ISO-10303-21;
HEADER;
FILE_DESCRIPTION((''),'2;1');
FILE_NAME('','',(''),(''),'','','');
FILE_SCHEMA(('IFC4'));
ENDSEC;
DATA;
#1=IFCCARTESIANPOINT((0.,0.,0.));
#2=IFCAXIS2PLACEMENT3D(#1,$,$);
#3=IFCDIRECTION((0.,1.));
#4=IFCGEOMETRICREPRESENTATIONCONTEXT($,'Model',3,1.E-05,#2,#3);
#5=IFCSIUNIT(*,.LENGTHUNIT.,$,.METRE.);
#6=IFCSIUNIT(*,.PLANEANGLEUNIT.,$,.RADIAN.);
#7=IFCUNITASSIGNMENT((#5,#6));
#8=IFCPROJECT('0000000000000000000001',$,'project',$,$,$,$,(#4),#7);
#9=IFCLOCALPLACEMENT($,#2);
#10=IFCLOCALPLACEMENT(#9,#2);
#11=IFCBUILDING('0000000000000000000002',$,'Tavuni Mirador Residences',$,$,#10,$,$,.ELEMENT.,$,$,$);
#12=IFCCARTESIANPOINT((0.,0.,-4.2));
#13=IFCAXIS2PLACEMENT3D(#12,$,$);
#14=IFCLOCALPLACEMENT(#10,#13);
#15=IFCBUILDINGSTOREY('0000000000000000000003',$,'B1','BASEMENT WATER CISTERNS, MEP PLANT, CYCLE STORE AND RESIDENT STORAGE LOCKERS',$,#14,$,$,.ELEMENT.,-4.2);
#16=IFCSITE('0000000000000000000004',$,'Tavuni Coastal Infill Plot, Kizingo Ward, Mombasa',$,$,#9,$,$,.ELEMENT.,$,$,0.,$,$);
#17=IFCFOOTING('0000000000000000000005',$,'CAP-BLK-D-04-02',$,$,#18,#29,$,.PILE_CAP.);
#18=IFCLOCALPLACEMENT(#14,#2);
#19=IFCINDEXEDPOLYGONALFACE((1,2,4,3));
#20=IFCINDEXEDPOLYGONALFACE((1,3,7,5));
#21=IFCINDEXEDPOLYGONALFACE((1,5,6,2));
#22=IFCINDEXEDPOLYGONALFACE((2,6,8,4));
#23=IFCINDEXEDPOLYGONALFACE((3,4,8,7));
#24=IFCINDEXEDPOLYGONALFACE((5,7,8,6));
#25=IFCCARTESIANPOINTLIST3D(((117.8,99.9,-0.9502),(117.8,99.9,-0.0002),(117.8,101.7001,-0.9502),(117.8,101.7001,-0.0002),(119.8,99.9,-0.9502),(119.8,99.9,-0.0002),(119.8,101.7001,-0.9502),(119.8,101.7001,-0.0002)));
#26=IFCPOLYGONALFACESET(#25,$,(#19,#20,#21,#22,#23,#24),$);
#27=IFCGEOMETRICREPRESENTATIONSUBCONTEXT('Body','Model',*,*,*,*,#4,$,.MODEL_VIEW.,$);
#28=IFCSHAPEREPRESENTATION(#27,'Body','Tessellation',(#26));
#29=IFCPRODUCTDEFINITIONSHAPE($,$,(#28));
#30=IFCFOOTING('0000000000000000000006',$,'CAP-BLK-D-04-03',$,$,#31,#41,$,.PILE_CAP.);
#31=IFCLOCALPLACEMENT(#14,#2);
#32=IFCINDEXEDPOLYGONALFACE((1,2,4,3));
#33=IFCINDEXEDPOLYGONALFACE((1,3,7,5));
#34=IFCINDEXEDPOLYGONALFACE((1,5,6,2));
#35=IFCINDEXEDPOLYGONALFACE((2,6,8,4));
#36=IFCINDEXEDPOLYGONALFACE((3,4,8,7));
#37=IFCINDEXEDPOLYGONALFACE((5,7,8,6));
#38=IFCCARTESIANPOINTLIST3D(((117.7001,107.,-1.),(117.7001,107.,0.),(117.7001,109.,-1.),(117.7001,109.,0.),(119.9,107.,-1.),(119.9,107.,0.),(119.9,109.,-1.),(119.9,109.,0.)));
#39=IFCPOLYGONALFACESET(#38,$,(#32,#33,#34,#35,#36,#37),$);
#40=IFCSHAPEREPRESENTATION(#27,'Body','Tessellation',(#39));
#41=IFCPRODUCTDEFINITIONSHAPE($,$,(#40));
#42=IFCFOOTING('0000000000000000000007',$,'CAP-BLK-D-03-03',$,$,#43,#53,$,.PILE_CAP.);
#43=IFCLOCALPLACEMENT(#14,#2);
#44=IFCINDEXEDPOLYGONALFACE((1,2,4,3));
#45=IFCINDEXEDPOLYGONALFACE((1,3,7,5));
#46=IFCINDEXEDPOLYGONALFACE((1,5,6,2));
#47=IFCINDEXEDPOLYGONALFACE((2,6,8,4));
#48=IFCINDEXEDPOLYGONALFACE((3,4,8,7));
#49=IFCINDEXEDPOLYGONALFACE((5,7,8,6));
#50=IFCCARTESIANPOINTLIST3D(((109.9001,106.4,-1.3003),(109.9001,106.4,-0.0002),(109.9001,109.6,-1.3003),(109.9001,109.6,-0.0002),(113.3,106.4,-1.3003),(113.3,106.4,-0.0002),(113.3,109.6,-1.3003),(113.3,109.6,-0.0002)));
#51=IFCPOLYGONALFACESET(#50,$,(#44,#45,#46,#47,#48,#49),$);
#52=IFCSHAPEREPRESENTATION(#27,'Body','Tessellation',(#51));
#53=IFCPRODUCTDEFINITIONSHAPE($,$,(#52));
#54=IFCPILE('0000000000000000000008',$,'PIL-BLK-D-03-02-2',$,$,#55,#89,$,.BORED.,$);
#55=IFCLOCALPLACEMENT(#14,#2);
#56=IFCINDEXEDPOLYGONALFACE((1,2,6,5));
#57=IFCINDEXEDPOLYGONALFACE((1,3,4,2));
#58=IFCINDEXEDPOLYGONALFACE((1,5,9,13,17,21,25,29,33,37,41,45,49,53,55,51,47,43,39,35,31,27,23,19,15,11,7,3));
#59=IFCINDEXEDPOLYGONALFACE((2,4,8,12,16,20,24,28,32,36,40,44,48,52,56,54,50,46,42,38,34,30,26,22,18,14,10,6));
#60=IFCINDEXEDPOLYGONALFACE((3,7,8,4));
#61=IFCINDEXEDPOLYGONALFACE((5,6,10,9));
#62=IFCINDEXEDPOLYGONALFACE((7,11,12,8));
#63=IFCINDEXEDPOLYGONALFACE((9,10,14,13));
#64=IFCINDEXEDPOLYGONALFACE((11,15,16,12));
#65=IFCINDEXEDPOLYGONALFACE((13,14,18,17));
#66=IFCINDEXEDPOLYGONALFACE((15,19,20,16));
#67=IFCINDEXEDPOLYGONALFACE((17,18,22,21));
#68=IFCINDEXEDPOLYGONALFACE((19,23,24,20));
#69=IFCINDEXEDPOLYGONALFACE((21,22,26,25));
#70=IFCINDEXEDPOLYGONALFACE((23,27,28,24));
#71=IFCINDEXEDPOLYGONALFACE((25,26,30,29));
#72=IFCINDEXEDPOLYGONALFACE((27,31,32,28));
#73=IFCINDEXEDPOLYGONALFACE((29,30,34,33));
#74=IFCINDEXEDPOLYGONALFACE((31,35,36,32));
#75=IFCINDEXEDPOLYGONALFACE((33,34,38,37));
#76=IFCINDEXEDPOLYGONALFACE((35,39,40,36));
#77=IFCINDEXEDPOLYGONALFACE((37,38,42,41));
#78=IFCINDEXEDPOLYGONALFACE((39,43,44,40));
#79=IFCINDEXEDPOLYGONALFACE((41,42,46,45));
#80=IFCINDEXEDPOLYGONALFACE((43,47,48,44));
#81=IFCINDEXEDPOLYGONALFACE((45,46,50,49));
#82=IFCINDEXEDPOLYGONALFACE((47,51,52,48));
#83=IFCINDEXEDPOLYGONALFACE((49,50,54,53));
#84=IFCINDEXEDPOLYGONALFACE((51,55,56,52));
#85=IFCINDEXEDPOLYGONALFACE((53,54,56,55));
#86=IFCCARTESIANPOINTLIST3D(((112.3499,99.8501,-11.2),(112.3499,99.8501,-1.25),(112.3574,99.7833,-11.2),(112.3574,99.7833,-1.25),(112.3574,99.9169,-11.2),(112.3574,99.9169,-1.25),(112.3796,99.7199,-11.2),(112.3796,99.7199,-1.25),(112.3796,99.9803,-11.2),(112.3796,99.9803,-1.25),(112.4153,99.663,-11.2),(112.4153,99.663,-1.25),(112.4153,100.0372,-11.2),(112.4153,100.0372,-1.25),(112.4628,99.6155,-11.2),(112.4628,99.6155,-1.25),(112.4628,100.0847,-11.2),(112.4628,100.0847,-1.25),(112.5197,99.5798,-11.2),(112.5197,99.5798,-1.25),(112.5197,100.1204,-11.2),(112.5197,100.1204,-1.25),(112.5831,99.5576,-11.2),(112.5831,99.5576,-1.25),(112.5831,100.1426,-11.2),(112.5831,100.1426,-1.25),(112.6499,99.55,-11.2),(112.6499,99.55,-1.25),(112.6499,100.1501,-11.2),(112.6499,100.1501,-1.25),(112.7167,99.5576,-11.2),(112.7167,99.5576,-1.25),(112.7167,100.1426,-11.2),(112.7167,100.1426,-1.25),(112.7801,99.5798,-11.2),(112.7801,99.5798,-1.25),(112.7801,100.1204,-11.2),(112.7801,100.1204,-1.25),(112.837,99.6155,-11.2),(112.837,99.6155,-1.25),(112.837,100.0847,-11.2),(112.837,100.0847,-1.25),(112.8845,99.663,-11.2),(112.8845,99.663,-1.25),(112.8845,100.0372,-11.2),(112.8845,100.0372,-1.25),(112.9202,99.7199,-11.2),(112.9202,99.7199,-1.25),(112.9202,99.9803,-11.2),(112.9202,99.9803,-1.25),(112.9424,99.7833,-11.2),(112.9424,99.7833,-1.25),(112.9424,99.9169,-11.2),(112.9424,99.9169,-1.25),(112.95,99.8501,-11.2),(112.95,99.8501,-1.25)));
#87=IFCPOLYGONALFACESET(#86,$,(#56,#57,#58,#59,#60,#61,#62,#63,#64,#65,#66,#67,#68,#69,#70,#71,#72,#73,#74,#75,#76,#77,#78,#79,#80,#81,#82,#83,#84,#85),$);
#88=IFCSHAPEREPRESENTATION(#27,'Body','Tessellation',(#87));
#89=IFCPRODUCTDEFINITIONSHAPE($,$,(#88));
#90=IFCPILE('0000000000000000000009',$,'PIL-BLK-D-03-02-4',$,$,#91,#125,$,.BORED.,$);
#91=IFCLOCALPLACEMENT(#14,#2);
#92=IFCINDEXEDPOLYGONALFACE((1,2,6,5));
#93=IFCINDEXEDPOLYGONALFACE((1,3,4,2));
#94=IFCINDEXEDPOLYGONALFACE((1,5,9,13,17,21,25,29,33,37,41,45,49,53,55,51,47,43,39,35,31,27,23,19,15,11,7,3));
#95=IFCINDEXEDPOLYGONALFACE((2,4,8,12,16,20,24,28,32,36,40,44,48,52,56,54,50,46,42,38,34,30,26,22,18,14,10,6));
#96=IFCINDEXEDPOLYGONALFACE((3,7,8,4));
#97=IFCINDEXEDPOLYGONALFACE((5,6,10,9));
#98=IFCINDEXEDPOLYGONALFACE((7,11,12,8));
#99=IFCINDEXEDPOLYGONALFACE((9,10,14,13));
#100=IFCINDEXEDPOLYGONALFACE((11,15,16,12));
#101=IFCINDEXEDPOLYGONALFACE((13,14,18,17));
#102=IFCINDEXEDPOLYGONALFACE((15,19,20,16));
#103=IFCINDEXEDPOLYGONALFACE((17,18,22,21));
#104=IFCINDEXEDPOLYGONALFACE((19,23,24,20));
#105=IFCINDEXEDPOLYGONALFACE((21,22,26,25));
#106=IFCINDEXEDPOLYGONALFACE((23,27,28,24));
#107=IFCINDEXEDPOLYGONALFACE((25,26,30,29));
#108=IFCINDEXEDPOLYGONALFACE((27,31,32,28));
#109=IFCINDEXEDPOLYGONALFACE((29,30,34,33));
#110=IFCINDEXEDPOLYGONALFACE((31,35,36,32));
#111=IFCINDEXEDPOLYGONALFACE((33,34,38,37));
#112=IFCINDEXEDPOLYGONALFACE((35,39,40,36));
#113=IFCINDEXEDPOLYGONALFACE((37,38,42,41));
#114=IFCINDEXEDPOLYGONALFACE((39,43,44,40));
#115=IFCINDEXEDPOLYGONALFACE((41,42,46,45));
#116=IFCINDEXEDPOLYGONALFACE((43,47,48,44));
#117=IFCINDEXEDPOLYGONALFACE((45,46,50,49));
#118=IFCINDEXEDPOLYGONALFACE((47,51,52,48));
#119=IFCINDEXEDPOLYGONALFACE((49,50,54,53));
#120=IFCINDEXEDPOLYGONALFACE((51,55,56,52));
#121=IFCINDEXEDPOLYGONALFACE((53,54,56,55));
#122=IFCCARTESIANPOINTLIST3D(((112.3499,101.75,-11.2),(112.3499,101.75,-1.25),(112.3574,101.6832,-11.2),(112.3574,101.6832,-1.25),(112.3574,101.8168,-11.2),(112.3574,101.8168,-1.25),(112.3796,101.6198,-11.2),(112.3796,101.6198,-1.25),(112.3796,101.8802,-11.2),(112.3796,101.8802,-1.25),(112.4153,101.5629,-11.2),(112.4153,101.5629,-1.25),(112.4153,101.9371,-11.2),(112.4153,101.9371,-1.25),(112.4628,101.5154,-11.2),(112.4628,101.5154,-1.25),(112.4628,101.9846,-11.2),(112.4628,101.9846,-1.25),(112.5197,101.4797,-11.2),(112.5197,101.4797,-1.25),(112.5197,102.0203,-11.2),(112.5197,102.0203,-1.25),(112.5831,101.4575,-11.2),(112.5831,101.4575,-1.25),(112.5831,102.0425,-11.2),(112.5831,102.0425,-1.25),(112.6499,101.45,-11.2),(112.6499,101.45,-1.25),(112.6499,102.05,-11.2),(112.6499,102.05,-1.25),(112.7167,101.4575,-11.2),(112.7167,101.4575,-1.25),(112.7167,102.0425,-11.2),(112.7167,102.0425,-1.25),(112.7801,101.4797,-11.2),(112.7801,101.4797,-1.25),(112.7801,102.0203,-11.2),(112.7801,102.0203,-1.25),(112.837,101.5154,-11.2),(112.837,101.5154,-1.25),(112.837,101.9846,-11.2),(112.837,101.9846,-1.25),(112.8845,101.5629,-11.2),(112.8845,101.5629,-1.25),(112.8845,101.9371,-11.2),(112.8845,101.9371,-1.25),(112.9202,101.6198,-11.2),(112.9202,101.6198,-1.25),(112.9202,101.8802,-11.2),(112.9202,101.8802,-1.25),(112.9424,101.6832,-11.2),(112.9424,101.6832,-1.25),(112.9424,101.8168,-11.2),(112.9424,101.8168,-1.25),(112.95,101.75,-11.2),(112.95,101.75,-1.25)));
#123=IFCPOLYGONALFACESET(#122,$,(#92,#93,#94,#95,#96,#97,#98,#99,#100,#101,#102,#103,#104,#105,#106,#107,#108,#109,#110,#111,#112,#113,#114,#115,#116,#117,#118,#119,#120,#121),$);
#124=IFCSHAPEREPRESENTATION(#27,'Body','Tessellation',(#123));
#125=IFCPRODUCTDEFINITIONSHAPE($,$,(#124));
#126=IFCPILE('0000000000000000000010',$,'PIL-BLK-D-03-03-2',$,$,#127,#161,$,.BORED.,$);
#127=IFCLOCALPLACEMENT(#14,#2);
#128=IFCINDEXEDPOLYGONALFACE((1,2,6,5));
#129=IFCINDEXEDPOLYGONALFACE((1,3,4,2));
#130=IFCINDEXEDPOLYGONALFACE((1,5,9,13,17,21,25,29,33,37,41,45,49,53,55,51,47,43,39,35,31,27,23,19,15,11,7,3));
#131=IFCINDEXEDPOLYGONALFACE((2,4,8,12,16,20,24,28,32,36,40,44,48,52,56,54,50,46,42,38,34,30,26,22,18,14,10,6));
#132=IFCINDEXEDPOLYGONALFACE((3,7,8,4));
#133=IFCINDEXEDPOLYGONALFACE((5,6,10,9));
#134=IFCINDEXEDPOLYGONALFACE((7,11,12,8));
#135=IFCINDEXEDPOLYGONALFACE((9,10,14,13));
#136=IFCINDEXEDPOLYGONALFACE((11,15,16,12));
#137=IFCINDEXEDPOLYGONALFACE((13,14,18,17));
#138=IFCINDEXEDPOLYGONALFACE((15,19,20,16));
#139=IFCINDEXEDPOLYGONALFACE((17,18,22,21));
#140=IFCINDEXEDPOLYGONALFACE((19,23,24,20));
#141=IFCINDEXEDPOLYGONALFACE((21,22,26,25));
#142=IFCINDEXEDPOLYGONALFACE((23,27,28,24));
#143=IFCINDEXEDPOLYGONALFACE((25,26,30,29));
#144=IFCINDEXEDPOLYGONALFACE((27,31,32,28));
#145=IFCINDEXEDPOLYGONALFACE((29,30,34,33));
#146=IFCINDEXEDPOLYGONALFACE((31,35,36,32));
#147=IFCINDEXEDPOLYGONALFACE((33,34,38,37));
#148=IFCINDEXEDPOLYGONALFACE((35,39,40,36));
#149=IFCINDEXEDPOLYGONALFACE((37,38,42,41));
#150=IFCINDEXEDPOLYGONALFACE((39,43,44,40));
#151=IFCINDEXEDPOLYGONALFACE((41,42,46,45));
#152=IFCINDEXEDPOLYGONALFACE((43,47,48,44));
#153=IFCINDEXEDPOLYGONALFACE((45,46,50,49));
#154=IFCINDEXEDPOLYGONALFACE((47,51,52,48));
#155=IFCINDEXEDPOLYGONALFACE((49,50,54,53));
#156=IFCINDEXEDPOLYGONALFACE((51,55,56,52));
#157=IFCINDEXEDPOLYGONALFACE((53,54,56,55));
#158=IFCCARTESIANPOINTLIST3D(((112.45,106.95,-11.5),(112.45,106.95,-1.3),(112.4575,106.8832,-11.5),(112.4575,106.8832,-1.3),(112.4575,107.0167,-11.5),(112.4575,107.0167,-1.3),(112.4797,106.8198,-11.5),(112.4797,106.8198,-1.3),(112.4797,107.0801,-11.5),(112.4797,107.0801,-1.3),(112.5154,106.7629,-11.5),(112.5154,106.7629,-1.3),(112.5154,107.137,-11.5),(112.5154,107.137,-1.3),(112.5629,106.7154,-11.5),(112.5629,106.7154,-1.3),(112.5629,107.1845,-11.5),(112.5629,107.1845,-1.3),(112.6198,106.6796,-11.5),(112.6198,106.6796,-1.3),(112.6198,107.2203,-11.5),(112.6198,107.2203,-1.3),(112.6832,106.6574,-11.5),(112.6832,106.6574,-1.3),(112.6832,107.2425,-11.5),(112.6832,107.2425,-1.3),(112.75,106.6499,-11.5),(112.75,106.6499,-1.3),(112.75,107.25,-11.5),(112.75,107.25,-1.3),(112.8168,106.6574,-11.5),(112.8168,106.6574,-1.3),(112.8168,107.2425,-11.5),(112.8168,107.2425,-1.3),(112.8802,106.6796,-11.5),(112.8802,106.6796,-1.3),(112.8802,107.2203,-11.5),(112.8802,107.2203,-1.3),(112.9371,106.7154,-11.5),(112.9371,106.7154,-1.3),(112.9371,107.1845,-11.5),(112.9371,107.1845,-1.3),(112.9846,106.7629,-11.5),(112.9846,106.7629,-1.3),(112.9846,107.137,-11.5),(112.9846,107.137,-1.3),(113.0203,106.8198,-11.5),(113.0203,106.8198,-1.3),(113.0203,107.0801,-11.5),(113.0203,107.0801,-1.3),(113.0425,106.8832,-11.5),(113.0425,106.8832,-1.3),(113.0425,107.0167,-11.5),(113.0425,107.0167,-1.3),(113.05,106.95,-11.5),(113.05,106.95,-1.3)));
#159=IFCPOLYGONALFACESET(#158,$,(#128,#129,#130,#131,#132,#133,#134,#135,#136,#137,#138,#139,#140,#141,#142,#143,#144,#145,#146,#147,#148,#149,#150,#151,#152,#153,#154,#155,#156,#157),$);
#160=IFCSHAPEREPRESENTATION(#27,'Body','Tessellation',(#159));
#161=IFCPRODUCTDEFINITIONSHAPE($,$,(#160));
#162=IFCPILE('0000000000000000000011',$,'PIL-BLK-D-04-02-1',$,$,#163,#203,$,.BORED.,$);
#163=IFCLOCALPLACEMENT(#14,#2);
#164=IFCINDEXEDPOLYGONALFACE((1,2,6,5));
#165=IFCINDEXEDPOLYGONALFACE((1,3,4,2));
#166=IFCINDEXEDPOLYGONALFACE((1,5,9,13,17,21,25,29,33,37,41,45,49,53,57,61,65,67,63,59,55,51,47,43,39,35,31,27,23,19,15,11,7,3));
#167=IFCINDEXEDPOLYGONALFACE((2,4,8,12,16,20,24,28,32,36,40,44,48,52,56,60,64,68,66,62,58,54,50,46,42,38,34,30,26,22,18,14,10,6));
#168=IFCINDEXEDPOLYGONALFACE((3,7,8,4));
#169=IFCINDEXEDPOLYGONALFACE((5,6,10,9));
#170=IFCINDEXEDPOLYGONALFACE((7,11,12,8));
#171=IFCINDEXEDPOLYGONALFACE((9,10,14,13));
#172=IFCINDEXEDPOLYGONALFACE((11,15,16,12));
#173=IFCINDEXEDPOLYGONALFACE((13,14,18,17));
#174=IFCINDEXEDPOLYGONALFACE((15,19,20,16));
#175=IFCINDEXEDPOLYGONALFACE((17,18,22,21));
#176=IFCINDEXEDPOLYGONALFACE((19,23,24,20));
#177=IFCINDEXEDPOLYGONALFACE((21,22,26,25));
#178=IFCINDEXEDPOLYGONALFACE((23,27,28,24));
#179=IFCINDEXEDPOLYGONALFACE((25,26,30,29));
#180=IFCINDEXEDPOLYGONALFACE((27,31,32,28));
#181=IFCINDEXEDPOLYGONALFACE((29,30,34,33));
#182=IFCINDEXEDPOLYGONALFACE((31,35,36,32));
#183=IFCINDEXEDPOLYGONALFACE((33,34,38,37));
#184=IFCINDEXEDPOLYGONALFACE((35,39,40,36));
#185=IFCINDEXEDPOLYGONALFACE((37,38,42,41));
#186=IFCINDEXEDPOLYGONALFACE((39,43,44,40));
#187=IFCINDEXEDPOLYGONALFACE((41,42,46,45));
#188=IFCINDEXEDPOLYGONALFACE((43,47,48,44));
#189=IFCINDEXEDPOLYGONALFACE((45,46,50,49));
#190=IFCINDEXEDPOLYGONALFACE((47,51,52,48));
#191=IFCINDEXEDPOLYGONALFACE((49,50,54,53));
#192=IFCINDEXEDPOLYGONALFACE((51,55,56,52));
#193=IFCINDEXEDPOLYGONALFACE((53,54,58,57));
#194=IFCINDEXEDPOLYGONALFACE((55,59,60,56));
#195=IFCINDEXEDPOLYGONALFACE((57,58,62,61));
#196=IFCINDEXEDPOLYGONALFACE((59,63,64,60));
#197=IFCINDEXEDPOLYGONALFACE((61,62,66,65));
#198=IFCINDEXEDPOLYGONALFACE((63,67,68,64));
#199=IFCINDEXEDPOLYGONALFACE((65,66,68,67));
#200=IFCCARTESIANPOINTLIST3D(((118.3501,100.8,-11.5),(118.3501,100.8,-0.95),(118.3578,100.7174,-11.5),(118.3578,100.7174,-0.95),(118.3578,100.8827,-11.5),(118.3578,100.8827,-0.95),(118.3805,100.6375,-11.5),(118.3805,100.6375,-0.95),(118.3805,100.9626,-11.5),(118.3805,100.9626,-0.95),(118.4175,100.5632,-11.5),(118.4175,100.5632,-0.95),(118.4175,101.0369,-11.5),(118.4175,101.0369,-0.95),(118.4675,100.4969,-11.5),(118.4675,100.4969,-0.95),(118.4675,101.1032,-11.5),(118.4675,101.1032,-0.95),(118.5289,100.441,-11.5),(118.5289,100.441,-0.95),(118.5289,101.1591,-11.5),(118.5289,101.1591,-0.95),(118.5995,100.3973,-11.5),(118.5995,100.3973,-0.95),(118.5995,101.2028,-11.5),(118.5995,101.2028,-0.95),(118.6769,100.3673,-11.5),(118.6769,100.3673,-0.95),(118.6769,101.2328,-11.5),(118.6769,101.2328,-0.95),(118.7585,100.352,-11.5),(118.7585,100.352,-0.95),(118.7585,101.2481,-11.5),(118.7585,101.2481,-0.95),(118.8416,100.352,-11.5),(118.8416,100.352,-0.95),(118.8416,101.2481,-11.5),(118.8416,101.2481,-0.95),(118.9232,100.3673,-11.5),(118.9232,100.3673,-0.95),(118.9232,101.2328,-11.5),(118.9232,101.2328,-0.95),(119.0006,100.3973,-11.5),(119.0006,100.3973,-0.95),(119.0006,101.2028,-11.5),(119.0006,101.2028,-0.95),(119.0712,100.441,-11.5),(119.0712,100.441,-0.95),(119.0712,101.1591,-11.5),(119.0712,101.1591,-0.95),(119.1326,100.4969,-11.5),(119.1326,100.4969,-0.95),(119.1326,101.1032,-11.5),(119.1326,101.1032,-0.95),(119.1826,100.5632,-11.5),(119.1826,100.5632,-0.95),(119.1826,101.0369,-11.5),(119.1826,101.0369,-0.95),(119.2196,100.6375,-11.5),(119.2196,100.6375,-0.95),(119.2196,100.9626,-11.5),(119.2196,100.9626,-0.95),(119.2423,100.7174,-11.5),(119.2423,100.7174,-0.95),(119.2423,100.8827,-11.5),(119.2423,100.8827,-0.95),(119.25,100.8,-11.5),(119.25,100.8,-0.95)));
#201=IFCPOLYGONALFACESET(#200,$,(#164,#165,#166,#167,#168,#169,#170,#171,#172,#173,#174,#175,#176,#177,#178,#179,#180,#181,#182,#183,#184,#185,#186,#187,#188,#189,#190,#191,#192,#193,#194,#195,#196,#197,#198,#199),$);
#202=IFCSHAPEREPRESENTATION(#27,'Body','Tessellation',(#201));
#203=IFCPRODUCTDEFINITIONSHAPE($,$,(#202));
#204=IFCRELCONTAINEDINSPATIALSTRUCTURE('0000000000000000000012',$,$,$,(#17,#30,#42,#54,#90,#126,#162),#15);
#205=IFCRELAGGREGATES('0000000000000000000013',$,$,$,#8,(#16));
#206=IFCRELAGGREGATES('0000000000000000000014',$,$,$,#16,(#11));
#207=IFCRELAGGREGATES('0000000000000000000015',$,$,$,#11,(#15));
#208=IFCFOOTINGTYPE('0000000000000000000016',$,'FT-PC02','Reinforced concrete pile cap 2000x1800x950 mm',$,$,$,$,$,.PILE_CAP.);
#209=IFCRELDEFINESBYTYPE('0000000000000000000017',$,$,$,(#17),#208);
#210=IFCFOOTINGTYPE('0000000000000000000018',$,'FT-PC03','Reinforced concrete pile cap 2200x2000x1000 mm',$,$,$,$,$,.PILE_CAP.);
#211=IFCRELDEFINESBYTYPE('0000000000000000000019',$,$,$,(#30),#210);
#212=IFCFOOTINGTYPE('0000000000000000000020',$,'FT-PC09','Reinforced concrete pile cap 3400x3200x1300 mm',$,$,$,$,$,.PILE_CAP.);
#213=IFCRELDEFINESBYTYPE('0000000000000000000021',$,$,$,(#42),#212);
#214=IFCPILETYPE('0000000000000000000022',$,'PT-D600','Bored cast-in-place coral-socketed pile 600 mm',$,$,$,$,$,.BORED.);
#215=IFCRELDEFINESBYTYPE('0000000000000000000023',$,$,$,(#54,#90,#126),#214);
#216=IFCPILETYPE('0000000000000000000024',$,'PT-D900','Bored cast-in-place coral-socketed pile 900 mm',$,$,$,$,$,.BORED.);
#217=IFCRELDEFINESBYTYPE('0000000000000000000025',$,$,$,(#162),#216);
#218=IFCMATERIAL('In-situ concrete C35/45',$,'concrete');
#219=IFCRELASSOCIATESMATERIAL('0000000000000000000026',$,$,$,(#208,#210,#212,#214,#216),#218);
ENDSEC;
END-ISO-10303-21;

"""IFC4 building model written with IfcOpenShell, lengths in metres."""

from ifc_helpers import new_model, si_unit, direction, frame, origin, origin_2d, place, context, subcontext, project, spatial, rectangle, circle, extrude, material, material_profile, profile_set, type_object, element, save


model = new_model("IFC4")

# Units and contexts
model_context = context("Model", 3, precision=1e-05, world=origin(), true_north=direction((0.0, 1.0)))
body_context = subcontext(model_context, "Body", "Model", "MODEL_VIEW")
ifc_project = project(units=[si_unit("LENGTHUNIT", "METRE"), si_unit("PLANEANGLEUNIT", "RADIAN")], contexts=[model_context])

# Site, building, storey
site_placement = place(None, origin())
site = spatial("IfcSite", under=ifc_project, at=site_placement, Name="Tavuni Coastal Infill Plot, Kizingo Ward, Mombasa", CompositionType="ELEMENT", RefElevation=0.0)
building_placement = place(site_placement, origin())
building = spatial("IfcBuilding", under=site, at=building_placement, Name="Tavuni Mirador Residences", CompositionType="ELEMENT")
storey_placement = place(building_placement, frame((0.0, 0.0, -4.2)))
storey = spatial("IfcBuildingStorey", under=building, at=storey_placement, Name="B1", Description="BASEMENT WATER CISTERNS, MEP PLANT, CYCLE STORE AND RESIDENT STORAGE LOCKERS", CompositionType="ELEMENT", Elevation=-4.2)

# Footings
ifc_material_1 = material(Name="In-situ concrete C35/45", Category="concrete")
footing_type_1 = type_object("IfcFootingType", Name="FT-PC02", Description="Reinforced concrete pile cap 2000x1800x950 mm", PredefinedType="PILE_CAP", material=ifc_material_1)
footing_1_placement = place(storey_placement, frame((118.8, 100.8, -0.9502), z_axis=(0.0, 0.0, 1.0), x_axis=(1.0, 0.0, 0.0)))
element("IfcFooting", 1, at=footing_1_placement, inside=storey, type_object=footing_type_1, Name="CAP-BLK-D-04-02", PredefinedType="PILE_CAP", context=body_context, shape_type="SweptSolid", body=[
    extrude(rectangle(XDim=2.0, YDim=1.8, at=origin_2d()), origin(), (0.0, 0.0, 1.0), 0.95),
])
footing_type_2 = type_object("IfcFootingType", Name="FT-PC03", Description="Reinforced concrete pile cap 2200x2000x1000 mm", PredefinedType="PILE_CAP", material=ifc_material_1)
footing_2_placement = place(storey_placement, frame((118.8, 108.0, -1.0), z_axis=(0.0, 0.0, 1.0), x_axis=(1.0, 0.0, 0.0)))
element("IfcFooting", 2, at=footing_2_placement, inside=storey, type_object=footing_type_2, Name="CAP-BLK-D-04-03", PredefinedType="PILE_CAP", context=body_context, shape_type="SweptSolid", body=[
    extrude(rectangle(XDim=2.2, YDim=2.0, at=origin_2d()), origin(), (0.0, 0.0, 1.0), 1.0),
])
footing_type_3 = type_object("IfcFootingType", Name="FT-PC09", Description="Reinforced concrete pile cap 3400x3200x1300 mm", PredefinedType="PILE_CAP", material=ifc_material_1)
footing_3_placement = place(storey_placement, frame((111.6001, 108.0, -1.3003), z_axis=(0.0, 0.0, 1.0), x_axis=(1.0, 0.0, 0.0)))
element("IfcFooting", 3, at=footing_3_placement, inside=storey, type_object=footing_type_3, Name="CAP-BLK-D-03-03", PredefinedType="PILE_CAP", context=body_context, shape_type="SweptSolid", body=[
    extrude(rectangle(XDim=3.3999, YDim=3.2, at=origin_2d()), origin(), (0.0, 0.0, 1.0), 1.3),
])

# Piles
ifc_material_profile_1 = material_profile(ifc_material_1, circle(Radius=0.3, at=origin_2d()), Name="PILE D600", Category="concrete")
ifc_profile_set_1 = profile_set([ifc_material_profile_1], Name="In-situ concrete C35/45")
pile_type_1 = type_object("IfcPileType", Name="PT-D600", Description="Bored cast-in-place coral-socketed pile 600 mm", PredefinedType="BORED", material=ifc_profile_set_1)
for number, where, z_axis, x_axis, name in (
    (4, (112.6499, 99.8501, -1.25), (0.0, 0.0, -1.0), (1.0, 0.0, 0.0), "PIL-BLK-D-03-02-2"),
    (5, (112.6499, 101.75, -1.25), (0.0, 0.0, -1.0), (1.0, 0.0, 0.0), "PIL-BLK-D-03-02-4"),
):
    element("IfcPile", number, at=place(storey_placement, frame(where, z_axis=z_axis, x_axis=x_axis)), inside=storey, type_object=pile_type_1, Name=name, PredefinedType="BORED", context=body_context, shape_type="SweptSolid", body=[
        extrude(circle(Radius=0.3, at=origin_2d()), origin(), (0.0, 0.0, 1.0), 9.95),
    ])
pile_1_placement = place(storey_placement, frame((112.75, 106.95, -1.3), z_axis=(0.0, 0.0, -1.0), x_axis=(1.0, 0.0, 0.0)))
element("IfcPile", 6, at=pile_1_placement, inside=storey, type_object=pile_type_1, Name="PIL-BLK-D-03-03-2", PredefinedType="BORED", context=body_context, shape_type="SweptSolid", body=[
    extrude(circle(Radius=0.3, at=origin_2d()), origin(), (0.0, 0.0, 1.0), 10.2),
])
ifc_material_profile_2 = material_profile(ifc_material_1, circle(Radius=0.45, at=origin_2d()), Name="PILE D900", Category="concrete")
ifc_profile_set_2 = profile_set([ifc_material_profile_2], Name="In-situ concrete C35/45")
pile_type_2 = type_object("IfcPileType", Name="PT-D900", Description="Bored cast-in-place coral-socketed pile 900 mm", PredefinedType="BORED", material=ifc_profile_set_2)
pile_2_placement = place(storey_placement, frame((118.8, 100.8, -0.95), z_axis=(0.0, 0.0, -1.0), x_axis=(1.0, 0.0, 0.0)))
element("IfcPile", 7, at=pile_2_placement, inside=storey, type_object=pile_type_2, Name="PIL-BLK-D-04-02-1", PredefinedType="BORED", context=body_context, shape_type="SweptSolid", body=[
    extrude(circle(Radius=0.45, at=origin_2d()), origin(), (0.0, 0.0, 1.0), 10.55),
])

save(model, "model.ifc")
